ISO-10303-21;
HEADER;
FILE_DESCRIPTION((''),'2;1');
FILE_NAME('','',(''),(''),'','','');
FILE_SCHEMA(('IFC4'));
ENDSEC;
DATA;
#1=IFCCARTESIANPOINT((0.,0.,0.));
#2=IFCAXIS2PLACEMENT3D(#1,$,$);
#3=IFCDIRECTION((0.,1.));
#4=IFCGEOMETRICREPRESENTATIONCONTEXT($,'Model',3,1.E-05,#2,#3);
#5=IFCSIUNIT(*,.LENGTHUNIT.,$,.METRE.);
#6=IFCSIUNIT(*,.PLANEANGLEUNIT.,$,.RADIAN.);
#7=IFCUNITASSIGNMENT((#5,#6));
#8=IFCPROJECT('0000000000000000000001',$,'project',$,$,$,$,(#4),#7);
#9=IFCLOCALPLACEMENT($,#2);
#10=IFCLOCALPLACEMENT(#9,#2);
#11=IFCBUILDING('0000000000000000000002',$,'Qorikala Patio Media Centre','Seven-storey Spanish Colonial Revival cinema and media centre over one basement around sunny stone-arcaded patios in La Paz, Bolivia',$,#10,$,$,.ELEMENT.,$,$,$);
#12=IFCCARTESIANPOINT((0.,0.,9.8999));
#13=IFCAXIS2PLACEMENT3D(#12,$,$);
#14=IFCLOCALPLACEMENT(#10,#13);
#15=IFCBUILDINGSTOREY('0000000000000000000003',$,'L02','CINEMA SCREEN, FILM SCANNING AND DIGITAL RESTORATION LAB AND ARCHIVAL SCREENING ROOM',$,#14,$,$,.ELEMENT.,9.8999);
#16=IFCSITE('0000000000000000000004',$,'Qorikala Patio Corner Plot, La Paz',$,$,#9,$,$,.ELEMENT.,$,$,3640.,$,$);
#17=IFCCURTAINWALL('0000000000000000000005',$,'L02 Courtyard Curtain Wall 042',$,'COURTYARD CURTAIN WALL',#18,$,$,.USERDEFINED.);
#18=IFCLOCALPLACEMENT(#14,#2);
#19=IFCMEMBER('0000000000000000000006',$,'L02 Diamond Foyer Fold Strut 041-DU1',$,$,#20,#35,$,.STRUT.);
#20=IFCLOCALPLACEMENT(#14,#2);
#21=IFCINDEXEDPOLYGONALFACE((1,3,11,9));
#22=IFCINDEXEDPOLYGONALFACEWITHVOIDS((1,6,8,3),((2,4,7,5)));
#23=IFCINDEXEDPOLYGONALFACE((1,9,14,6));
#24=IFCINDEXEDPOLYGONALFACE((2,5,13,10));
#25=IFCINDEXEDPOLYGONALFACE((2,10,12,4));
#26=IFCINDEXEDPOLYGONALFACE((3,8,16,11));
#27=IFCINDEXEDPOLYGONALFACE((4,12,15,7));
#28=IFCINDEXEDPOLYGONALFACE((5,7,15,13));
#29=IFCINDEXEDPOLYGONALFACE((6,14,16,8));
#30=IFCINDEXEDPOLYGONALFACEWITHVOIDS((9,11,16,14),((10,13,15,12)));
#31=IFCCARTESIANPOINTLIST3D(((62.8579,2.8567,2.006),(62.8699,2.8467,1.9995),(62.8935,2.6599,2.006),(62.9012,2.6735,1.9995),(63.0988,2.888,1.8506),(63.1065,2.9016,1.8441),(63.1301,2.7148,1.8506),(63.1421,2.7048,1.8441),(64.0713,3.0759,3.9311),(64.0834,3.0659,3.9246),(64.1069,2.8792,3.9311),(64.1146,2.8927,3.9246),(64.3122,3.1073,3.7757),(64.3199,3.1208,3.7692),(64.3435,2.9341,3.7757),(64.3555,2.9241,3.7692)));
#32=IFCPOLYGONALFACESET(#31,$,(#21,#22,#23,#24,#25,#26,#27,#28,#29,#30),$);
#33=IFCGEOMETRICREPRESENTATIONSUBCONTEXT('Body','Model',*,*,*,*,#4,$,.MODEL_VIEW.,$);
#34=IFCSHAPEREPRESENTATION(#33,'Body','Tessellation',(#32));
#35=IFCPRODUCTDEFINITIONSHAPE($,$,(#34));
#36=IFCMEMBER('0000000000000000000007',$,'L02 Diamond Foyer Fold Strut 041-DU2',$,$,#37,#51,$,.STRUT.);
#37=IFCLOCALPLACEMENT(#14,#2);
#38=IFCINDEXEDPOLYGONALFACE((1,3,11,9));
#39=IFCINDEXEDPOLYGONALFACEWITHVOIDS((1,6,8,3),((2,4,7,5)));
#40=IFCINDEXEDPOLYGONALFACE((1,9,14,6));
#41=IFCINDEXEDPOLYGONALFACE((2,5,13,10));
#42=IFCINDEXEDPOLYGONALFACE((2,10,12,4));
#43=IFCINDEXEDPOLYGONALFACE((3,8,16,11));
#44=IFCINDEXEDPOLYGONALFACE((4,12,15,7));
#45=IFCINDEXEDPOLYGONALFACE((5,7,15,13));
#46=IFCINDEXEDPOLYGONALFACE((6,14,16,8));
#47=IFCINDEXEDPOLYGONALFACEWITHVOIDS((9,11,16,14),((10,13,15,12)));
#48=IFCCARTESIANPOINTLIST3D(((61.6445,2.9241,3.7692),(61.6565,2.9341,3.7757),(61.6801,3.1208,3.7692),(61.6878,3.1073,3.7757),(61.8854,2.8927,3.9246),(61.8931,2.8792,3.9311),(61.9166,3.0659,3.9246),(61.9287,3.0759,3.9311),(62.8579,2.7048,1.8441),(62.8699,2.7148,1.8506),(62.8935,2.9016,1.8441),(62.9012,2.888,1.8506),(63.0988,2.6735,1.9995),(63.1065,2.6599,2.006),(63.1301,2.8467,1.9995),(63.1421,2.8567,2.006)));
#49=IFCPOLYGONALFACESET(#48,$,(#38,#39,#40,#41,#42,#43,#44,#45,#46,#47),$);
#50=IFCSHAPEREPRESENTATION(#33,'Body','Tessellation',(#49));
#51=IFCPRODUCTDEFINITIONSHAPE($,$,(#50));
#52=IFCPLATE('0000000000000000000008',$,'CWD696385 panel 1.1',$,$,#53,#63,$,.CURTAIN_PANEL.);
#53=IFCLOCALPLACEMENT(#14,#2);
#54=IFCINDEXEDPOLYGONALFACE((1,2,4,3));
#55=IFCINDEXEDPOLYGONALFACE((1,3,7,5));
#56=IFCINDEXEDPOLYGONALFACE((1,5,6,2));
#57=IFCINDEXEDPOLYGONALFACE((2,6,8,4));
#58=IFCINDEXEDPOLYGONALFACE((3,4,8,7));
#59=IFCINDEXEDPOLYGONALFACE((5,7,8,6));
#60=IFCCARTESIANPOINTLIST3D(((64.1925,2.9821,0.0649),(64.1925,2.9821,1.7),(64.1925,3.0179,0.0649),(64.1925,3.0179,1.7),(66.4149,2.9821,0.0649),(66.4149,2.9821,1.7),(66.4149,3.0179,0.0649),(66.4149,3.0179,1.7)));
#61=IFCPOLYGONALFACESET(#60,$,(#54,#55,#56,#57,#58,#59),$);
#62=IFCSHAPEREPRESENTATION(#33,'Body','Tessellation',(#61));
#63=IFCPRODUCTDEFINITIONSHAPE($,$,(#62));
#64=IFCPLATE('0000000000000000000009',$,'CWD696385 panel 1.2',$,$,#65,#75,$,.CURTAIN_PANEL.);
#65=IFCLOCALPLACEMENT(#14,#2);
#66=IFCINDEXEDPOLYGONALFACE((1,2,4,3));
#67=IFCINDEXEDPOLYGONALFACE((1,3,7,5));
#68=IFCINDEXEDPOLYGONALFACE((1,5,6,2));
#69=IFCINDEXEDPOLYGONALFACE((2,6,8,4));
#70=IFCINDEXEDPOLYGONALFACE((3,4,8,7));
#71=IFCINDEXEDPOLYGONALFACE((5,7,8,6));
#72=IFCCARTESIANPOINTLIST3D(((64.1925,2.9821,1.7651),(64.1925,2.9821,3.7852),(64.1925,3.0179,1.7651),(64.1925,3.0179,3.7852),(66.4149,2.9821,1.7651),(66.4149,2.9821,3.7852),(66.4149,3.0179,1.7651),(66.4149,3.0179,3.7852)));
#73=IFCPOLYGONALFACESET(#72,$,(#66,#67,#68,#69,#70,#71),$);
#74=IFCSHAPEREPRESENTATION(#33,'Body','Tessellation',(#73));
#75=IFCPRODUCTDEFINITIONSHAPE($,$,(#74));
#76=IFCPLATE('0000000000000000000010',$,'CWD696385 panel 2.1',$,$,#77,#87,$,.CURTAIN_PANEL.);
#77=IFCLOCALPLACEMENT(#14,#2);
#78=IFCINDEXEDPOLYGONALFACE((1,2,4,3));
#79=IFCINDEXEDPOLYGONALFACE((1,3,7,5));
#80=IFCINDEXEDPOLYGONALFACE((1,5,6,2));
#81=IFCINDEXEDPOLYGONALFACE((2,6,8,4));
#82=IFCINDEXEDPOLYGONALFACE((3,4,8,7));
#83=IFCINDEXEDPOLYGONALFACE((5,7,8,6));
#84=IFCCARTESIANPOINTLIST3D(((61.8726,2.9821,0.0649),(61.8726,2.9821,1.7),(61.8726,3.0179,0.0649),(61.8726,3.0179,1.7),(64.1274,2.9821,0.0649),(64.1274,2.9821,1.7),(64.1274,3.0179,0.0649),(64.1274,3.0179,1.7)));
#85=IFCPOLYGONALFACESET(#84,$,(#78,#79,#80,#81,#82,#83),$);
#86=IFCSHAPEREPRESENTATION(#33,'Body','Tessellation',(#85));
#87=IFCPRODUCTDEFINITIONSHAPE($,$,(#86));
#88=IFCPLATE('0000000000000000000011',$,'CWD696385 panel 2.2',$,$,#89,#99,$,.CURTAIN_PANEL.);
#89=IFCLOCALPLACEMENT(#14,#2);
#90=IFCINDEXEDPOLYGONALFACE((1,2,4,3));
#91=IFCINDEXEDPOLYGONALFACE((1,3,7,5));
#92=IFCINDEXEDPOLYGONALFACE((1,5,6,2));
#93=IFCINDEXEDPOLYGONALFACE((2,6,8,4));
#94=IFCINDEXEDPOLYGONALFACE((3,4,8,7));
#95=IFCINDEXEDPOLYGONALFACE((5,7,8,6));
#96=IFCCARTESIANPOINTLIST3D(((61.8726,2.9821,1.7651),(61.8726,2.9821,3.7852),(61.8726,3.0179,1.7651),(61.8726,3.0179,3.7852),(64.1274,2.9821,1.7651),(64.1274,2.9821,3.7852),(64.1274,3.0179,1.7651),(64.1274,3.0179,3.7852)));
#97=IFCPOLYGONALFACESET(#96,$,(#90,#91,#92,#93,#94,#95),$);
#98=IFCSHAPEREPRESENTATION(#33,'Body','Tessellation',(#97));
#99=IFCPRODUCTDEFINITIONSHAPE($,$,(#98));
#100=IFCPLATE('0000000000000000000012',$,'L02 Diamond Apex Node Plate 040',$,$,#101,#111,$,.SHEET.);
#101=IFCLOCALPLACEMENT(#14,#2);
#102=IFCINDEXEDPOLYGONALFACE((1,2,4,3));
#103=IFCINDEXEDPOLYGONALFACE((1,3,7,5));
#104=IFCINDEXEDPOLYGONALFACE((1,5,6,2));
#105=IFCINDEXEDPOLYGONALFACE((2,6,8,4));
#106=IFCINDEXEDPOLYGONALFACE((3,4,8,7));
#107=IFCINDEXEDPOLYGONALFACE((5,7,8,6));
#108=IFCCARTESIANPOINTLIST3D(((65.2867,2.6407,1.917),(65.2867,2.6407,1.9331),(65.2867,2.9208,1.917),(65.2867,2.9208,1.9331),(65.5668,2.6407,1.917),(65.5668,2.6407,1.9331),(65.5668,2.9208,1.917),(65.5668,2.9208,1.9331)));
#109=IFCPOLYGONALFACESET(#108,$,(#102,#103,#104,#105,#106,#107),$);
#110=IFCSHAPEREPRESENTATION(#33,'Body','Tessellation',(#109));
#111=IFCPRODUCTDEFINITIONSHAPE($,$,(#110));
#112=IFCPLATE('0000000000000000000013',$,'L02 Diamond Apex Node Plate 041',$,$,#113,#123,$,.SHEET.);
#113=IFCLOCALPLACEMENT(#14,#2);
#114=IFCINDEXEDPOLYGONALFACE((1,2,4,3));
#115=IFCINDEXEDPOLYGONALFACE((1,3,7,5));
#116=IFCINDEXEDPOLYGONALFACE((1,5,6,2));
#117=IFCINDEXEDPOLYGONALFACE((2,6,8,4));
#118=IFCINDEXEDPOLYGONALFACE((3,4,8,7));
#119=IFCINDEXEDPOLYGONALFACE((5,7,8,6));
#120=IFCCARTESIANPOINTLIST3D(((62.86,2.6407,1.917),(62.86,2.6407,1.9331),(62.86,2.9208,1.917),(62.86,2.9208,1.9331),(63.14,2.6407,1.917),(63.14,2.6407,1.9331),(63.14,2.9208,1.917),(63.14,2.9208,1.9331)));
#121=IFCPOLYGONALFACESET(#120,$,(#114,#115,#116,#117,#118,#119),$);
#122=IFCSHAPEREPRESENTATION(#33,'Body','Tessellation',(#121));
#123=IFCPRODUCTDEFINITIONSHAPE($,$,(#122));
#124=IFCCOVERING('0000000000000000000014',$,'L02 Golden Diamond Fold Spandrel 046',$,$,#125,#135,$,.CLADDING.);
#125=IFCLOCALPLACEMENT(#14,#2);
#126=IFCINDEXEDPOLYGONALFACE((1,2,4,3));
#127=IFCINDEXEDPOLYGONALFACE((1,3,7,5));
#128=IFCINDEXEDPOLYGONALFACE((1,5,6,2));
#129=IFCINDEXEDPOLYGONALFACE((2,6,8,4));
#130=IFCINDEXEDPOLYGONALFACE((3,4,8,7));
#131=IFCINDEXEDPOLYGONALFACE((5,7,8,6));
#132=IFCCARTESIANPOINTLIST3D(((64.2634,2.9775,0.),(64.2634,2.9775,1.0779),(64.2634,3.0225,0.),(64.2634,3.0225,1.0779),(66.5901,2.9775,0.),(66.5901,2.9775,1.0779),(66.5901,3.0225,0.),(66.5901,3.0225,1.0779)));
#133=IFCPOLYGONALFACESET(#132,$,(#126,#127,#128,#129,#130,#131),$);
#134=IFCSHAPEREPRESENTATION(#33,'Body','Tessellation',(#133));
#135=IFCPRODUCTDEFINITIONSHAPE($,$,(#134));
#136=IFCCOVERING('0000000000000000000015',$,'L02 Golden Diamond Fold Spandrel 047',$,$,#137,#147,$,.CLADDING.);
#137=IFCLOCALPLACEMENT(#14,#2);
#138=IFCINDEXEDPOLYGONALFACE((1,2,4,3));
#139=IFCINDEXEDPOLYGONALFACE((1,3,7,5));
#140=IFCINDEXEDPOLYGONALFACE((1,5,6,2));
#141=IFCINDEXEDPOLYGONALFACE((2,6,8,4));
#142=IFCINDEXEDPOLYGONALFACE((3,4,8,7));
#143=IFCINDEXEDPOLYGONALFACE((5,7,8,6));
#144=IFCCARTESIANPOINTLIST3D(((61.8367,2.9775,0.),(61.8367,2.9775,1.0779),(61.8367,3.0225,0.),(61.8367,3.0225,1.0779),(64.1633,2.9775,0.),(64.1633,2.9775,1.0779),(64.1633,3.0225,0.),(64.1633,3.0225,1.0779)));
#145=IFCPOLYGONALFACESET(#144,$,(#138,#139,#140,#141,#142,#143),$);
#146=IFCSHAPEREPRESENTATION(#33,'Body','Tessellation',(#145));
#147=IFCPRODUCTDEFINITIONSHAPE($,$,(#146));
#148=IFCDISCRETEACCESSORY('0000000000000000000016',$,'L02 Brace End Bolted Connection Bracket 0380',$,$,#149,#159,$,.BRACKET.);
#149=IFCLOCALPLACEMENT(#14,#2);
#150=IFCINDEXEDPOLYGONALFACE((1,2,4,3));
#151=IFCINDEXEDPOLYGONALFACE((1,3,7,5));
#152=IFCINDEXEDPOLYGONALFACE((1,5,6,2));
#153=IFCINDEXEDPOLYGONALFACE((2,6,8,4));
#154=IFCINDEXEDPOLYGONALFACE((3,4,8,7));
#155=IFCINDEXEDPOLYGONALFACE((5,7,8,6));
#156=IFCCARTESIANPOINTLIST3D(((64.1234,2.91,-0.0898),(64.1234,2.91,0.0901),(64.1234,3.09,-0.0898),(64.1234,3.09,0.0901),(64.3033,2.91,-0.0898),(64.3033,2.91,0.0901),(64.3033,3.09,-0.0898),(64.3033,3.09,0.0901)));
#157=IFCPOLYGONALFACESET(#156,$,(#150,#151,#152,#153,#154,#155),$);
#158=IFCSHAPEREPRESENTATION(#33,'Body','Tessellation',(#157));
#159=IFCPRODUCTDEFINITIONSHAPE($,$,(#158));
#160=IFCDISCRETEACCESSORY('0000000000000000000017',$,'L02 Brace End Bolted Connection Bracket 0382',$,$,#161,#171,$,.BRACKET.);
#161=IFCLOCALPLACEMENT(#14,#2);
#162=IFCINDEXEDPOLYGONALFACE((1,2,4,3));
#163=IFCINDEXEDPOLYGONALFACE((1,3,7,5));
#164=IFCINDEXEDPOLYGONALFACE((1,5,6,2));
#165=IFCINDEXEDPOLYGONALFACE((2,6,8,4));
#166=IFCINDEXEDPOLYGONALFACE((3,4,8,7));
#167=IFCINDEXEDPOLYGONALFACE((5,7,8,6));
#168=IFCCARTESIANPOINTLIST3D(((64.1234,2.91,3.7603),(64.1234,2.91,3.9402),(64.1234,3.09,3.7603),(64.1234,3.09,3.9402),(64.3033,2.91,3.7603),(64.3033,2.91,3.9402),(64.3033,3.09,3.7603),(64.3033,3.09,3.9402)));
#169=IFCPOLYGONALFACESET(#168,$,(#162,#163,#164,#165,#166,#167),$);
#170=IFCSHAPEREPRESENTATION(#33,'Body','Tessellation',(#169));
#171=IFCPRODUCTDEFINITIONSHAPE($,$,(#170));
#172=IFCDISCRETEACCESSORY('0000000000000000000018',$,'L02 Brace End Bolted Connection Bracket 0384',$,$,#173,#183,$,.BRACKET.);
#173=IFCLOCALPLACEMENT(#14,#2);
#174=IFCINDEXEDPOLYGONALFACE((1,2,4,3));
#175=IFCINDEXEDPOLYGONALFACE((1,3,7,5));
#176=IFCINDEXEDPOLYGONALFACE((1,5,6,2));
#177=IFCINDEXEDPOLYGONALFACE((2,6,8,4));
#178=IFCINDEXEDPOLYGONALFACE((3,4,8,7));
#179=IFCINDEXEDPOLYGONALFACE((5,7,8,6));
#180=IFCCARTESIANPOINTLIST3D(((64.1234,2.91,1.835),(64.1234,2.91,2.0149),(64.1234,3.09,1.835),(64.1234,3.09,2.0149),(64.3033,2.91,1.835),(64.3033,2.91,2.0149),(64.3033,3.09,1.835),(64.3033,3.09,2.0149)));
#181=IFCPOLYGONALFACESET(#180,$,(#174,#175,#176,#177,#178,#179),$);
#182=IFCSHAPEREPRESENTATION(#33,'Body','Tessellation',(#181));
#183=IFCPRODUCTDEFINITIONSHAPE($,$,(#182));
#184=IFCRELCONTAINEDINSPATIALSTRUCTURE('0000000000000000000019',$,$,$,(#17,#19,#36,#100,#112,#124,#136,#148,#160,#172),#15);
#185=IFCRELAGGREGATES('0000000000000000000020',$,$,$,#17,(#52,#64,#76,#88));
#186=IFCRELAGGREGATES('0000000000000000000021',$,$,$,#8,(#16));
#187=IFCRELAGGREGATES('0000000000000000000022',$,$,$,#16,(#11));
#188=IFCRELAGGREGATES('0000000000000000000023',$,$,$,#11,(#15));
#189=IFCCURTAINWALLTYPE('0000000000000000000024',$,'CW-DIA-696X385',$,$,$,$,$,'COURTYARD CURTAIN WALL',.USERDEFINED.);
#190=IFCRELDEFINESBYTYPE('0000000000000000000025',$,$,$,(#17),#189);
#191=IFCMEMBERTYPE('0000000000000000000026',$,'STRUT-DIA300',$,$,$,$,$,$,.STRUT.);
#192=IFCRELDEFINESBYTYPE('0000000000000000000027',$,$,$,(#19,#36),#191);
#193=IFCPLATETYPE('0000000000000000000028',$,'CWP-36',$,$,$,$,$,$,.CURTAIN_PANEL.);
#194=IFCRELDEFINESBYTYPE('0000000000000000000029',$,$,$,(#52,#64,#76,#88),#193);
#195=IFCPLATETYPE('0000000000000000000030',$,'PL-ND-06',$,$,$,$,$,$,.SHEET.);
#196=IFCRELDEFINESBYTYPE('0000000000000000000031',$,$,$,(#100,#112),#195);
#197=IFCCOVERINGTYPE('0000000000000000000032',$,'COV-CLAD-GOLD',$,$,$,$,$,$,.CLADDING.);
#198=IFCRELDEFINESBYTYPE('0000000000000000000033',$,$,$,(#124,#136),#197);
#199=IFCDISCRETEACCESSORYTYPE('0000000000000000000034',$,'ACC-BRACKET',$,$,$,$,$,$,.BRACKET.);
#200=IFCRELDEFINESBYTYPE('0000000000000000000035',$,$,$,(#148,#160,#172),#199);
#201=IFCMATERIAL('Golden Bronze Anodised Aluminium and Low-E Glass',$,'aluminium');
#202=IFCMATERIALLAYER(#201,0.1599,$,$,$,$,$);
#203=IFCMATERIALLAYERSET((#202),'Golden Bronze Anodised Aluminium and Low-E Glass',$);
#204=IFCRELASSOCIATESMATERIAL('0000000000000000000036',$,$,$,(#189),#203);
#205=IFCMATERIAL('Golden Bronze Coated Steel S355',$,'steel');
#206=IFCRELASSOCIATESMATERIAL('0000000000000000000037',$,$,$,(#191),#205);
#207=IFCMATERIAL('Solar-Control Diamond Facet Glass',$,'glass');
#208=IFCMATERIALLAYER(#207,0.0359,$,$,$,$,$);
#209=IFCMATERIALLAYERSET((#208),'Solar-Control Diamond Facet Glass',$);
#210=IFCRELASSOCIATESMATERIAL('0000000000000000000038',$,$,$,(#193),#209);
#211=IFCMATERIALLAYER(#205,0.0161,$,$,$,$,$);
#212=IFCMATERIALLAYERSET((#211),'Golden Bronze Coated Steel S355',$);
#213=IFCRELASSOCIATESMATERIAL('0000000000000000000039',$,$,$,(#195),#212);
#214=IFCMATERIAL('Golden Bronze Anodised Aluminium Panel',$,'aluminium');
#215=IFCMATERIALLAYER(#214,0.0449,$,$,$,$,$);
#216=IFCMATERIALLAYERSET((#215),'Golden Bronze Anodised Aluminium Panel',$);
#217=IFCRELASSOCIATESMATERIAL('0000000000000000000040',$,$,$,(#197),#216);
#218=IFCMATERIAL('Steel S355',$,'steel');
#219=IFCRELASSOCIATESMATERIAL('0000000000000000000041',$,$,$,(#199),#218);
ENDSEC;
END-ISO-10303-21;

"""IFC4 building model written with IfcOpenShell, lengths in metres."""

from ifc_helpers import new_model, si_unit, direction, frame, origin, origin_2d, place, context, subcontext, project, spatial, rectangle, hollow_rectangle, extrude, material, layer, layer_set, material_profile, profile_set, type_object, element, aggregate, save


model = new_model("IFC4")

# Units and contexts
model_context = context("Model", 3, precision=1e-05, world=origin(), true_north=direction((0.0, 1.0)))
body_context = subcontext(model_context, "Body", "Model", "MODEL_VIEW")
ifc_project = project(units=[si_unit("LENGTHUNIT", "METRE"), si_unit("PLANEANGLEUNIT", "RADIAN")], contexts=[model_context])

# Site, building, storey
site_placement = place(None, origin())
site = spatial("IfcSite", under=ifc_project, at=site_placement, Name="Qorikala Patio Corner Plot, La Paz", CompositionType="ELEMENT", RefElevation=3640.0)
building_placement = place(site_placement, origin())
building = spatial("IfcBuilding", under=site, at=building_placement, Name="Qorikala Patio Media Centre", Description="Seven-storey Spanish Colonial Revival cinema and media centre over one basement around sunny stone-arcaded patios in La Paz, Bolivia", CompositionType="ELEMENT")
storey_placement = place(building_placement, frame((0.0, 0.0, 9.8999)))
storey = spatial("IfcBuildingStorey", under=building, at=storey_placement, Name="L02", Description="CINEMA SCREEN, FILM SCANNING AND DIGITAL RESTORATION LAB AND ARCHIVAL SCREENING ROOM", CompositionType="ELEMENT", Elevation=9.8999)

# Shared definitions
ifc_material_1 = material(Name="Golden Bronze Coated Steel S355", Category="steel")

# Curtain wall
ifc_material_2 = material(Name="Golden Bronze Anodised Aluminium and Low-E Glass", Category="aluminium")
ifc_layer_1 = layer(ifc_material_2, 0.1599)
ifc_layer_set_1 = layer_set([ifc_layer_1], Name="Golden Bronze Anodised Aluminium and Low-E Glass")
curtain_wall_type = type_object("IfcCurtainWallType", Name="CW-DIA-696X385", ElementType="COURTYARD CURTAIN WALL", PredefinedType="USERDEFINED", material=ifc_layer_set_1)
curtain_wall_placement = place(storey_placement, origin())
curtain_wall = element("IfcCurtainWall", 1, at=curtain_wall_placement, inside=storey, type_object=curtain_wall_type, Name="L02 Courtyard Curtain Wall 042", ObjectType="COURTYARD CURTAIN WALL", PredefinedType="USERDEFINED")

# Members
ifc_material_profile_1 = material_profile(ifc_material_1, hollow_rectangle(XDim=0.2, YDim=0.3, WallThickness=0.012, at=origin_2d()), Name="HSS300X200X12")
ifc_profile_set_1 = profile_set([ifc_material_profile_1], Name="Golden Bronze Coated Steel S355")
member_type_1 = type_object("IfcMemberType", Name="STRUT-DIA300", PredefinedType="STRUT", material=ifc_profile_set_1)
for number, where, z_axis, x_axis, name in (
    (2, (63.0, 2.7808, 1.925), (0.530768, 0.095901, 0.842074), (-0.177805, 0.984066, 0.0), "L02 Diamond Foyer Fold Strut 041-DU1"),
    (3, (63.0, 2.7808, 1.925), (-0.530768, 0.095901, 0.842074), (-0.177805, -0.984066, 0.0), "L02 Diamond Foyer Fold Strut 041-DU2"),
):
    element("IfcMember", number, at=place(storey_placement, frame(where, z_axis=z_axis, x_axis=x_axis)), inside=storey, type_object=member_type_1, Name=name, PredefinedType="STRUT", context=body_context, shape_type="SweptSolid", body=[
        extrude(hollow_rectangle(XDim=0.2, YDim=0.3, WallThickness=0.012, at=origin_2d()), origin(), (0.0, 0.0, 1.0), 2.2861),
    ])

# Plates
ifc_material_3 = material(Name="Solar-Control Diamond Facet Glass", Category="glass")
ifc_layer_2 = layer(ifc_material_3, 0.0359)
ifc_layer_set_2 = layer_set([ifc_layer_2], Name="Solar-Control Diamond Facet Glass")
plate_type_1 = type_object("IfcPlateType", Name="CWP-36", PredefinedType="CURTAIN_PANEL", material=ifc_layer_set_2)
plate_1_placement = place(storey_placement, frame((65.3037, 3.0, 0.0649), z_axis=(0.0, 0.0, 1.0), x_axis=(-1.0, 0.0, 0.0)))
plate_1 = element("IfcPlate", 4, at=plate_1_placement, type_object=plate_type_1, Name="CWD696385 panel 1.1", PredefinedType="CURTAIN_PANEL", context=body_context, shape_type="SweptSolid", body=[
    extrude(rectangle(XDim=2.2224, YDim=0.0359, at=origin_2d()), origin(), (0.0, 0.0, 1.0), 1.635),
])
plate_2_placement = place(storey_placement, frame((65.3037, 3.0, 1.7651), z_axis=(0.0, 0.0, 1.0), x_axis=(-1.0, 0.0, 0.0)))
plate_2 = element("IfcPlate", 5, at=plate_2_placement, type_object=plate_type_1, Name="CWD696385 panel 1.2", PredefinedType="CURTAIN_PANEL", context=body_context, shape_type="SweptSolid", body=[
    extrude(rectangle(XDim=2.2224, YDim=0.0359, at=origin_2d()), origin(), (0.0, 0.0, 1.0), 2.02),
])
plate_3_placement = place(storey_placement, frame((63.0, 3.0, 0.0649), z_axis=(0.0, 0.0, 1.0), x_axis=(-1.0, 0.0, 0.0)))
plate_3 = element("IfcPlate", 6, at=plate_3_placement, type_object=plate_type_1, Name="CWD696385 panel 2.1", PredefinedType="CURTAIN_PANEL", context=body_context, shape_type="SweptSolid", body=[
    extrude(rectangle(XDim=2.2549, YDim=0.0359, at=origin_2d()), origin(), (0.0, 0.0, 1.0), 1.635),
])
plate_4_placement = place(storey_placement, frame((63.0, 3.0, 1.7651), z_axis=(0.0, 0.0, 1.0), x_axis=(-1.0, 0.0, 0.0)))
plate_4 = element("IfcPlate", 7, at=plate_4_placement, type_object=plate_type_1, Name="CWD696385 panel 2.2", PredefinedType="CURTAIN_PANEL", context=body_context, shape_type="SweptSolid", body=[
    extrude(rectangle(XDim=2.2549, YDim=0.0359, at=origin_2d()), origin(), (0.0, 0.0, 1.0), 2.02),
])
aggregate(curtain_wall, [plate_1, plate_2, plate_3, plate_4])

# Plates
ifc_layer_3 = layer(ifc_material_1, 0.0161)
ifc_layer_set_3 = layer_set([ifc_layer_3], Name="Golden Bronze Coated Steel S355")
plate_type_2 = type_object("IfcPlateType", Name="PL-ND-06", PredefinedType="SHEET", material=ifc_layer_set_3)
for number, where, z_axis, x_axis, name in (
    (8, (65.4268, 2.7808, 1.917), (0.0, 0.0, 1.0), (-1.0, 0.0, 0.0), "L02 Diamond Apex Node Plate 040"),
    (9, (63.0, 2.7808, 1.917), (0.0, 0.0, 1.0), (-1.0, 0.0, 0.0), "L02 Diamond Apex Node Plate 041"),
):
    element("IfcPlate", number, at=place(storey_placement, frame(where, z_axis=z_axis, x_axis=x_axis)), inside=storey, type_object=plate_type_2, Name=name, PredefinedType="SHEET", context=body_context, shape_type="SweptSolid", body=[
        extrude(rectangle(XDim=0.28, YDim=0.28, at=origin_2d()), origin(), (0.0, 0.0, 1.0), 0.0161),
    ])

# Coverings
ifc_material_4 = material(Name="Golden Bronze Anodised Aluminium Panel", Category="aluminium")
ifc_layer_4 = layer(ifc_material_4, 0.0449)
ifc_layer_set_4 = layer_set([ifc_layer_4], Name="Golden Bronze Anodised Aluminium Panel")
covering_type = type_object("IfcCoveringType", Name="COV-CLAD-GOLD", PredefinedType="CLADDING", material=ifc_layer_set_4)
for number, where, z_axis, x_axis, name in (
    (10, (65.4268, 3.0, 0.0), (0.0, 0.0, 1.0), (-1.0, 0.0, 0.0), "L02 Golden Diamond Fold Spandrel 046"),
    (11, (63.0, 3.0, 0.0), (0.0, 0.0, 1.0), (-1.0, 0.0, 0.0), "L02 Golden Diamond Fold Spandrel 047"),
):
    element("IfcCovering", number, at=place(storey_placement, frame(where, z_axis=z_axis, x_axis=x_axis)), inside=storey, type_object=covering_type, Name=name, PredefinedType="CLADDING", context=body_context, shape_type="SweptSolid", body=[
        extrude(rectangle(XDim=2.3267, YDim=0.0449, at=origin_2d()), origin(), (0.0, 0.0, 1.0), 1.0779),
    ])

# Discrete accessories
ifc_material_5 = material(Name="Steel S355", Category="steel")
discrete_accessory_type = type_object("IfcDiscreteAccessoryType", Name="ACC-BRACKET", PredefinedType="BRACKET", material=ifc_material_5)
for number, where, z_axis, x_axis, name in (
    (12, (64.2134, 3.0, -0.0898), (0.0, 0.0, 1.0), (1.0, 0.0, 0.0), "L02 Brace End Bolted Connection Bracket 0380"),
    (13, (64.2134, 3.0, 3.7603), (0.0, 0.0, 1.0), (1.0, 0.0, 0.0), "L02 Brace End Bolted Connection Bracket 0382"),
    (14, (64.2134, 3.0, 1.835), (0.0, 0.0, 1.0), (1.0, 0.0, 0.0), "L02 Brace End Bolted Connection Bracket 0384"),
):
    element("IfcDiscreteAccessory", number, at=place(storey_placement, frame(where, z_axis=z_axis, x_axis=x_axis)), inside=storey, type_object=discrete_accessory_type, Name=name, PredefinedType="BRACKET", context=body_context, shape_type="SweptSolid", body=[
        extrude(rectangle(XDim=0.1799, YDim=0.1799, at=origin_2d()), origin(), (0.0, 0.0, 1.0), 0.1799),
    ])

save(model, "model.ifc")
